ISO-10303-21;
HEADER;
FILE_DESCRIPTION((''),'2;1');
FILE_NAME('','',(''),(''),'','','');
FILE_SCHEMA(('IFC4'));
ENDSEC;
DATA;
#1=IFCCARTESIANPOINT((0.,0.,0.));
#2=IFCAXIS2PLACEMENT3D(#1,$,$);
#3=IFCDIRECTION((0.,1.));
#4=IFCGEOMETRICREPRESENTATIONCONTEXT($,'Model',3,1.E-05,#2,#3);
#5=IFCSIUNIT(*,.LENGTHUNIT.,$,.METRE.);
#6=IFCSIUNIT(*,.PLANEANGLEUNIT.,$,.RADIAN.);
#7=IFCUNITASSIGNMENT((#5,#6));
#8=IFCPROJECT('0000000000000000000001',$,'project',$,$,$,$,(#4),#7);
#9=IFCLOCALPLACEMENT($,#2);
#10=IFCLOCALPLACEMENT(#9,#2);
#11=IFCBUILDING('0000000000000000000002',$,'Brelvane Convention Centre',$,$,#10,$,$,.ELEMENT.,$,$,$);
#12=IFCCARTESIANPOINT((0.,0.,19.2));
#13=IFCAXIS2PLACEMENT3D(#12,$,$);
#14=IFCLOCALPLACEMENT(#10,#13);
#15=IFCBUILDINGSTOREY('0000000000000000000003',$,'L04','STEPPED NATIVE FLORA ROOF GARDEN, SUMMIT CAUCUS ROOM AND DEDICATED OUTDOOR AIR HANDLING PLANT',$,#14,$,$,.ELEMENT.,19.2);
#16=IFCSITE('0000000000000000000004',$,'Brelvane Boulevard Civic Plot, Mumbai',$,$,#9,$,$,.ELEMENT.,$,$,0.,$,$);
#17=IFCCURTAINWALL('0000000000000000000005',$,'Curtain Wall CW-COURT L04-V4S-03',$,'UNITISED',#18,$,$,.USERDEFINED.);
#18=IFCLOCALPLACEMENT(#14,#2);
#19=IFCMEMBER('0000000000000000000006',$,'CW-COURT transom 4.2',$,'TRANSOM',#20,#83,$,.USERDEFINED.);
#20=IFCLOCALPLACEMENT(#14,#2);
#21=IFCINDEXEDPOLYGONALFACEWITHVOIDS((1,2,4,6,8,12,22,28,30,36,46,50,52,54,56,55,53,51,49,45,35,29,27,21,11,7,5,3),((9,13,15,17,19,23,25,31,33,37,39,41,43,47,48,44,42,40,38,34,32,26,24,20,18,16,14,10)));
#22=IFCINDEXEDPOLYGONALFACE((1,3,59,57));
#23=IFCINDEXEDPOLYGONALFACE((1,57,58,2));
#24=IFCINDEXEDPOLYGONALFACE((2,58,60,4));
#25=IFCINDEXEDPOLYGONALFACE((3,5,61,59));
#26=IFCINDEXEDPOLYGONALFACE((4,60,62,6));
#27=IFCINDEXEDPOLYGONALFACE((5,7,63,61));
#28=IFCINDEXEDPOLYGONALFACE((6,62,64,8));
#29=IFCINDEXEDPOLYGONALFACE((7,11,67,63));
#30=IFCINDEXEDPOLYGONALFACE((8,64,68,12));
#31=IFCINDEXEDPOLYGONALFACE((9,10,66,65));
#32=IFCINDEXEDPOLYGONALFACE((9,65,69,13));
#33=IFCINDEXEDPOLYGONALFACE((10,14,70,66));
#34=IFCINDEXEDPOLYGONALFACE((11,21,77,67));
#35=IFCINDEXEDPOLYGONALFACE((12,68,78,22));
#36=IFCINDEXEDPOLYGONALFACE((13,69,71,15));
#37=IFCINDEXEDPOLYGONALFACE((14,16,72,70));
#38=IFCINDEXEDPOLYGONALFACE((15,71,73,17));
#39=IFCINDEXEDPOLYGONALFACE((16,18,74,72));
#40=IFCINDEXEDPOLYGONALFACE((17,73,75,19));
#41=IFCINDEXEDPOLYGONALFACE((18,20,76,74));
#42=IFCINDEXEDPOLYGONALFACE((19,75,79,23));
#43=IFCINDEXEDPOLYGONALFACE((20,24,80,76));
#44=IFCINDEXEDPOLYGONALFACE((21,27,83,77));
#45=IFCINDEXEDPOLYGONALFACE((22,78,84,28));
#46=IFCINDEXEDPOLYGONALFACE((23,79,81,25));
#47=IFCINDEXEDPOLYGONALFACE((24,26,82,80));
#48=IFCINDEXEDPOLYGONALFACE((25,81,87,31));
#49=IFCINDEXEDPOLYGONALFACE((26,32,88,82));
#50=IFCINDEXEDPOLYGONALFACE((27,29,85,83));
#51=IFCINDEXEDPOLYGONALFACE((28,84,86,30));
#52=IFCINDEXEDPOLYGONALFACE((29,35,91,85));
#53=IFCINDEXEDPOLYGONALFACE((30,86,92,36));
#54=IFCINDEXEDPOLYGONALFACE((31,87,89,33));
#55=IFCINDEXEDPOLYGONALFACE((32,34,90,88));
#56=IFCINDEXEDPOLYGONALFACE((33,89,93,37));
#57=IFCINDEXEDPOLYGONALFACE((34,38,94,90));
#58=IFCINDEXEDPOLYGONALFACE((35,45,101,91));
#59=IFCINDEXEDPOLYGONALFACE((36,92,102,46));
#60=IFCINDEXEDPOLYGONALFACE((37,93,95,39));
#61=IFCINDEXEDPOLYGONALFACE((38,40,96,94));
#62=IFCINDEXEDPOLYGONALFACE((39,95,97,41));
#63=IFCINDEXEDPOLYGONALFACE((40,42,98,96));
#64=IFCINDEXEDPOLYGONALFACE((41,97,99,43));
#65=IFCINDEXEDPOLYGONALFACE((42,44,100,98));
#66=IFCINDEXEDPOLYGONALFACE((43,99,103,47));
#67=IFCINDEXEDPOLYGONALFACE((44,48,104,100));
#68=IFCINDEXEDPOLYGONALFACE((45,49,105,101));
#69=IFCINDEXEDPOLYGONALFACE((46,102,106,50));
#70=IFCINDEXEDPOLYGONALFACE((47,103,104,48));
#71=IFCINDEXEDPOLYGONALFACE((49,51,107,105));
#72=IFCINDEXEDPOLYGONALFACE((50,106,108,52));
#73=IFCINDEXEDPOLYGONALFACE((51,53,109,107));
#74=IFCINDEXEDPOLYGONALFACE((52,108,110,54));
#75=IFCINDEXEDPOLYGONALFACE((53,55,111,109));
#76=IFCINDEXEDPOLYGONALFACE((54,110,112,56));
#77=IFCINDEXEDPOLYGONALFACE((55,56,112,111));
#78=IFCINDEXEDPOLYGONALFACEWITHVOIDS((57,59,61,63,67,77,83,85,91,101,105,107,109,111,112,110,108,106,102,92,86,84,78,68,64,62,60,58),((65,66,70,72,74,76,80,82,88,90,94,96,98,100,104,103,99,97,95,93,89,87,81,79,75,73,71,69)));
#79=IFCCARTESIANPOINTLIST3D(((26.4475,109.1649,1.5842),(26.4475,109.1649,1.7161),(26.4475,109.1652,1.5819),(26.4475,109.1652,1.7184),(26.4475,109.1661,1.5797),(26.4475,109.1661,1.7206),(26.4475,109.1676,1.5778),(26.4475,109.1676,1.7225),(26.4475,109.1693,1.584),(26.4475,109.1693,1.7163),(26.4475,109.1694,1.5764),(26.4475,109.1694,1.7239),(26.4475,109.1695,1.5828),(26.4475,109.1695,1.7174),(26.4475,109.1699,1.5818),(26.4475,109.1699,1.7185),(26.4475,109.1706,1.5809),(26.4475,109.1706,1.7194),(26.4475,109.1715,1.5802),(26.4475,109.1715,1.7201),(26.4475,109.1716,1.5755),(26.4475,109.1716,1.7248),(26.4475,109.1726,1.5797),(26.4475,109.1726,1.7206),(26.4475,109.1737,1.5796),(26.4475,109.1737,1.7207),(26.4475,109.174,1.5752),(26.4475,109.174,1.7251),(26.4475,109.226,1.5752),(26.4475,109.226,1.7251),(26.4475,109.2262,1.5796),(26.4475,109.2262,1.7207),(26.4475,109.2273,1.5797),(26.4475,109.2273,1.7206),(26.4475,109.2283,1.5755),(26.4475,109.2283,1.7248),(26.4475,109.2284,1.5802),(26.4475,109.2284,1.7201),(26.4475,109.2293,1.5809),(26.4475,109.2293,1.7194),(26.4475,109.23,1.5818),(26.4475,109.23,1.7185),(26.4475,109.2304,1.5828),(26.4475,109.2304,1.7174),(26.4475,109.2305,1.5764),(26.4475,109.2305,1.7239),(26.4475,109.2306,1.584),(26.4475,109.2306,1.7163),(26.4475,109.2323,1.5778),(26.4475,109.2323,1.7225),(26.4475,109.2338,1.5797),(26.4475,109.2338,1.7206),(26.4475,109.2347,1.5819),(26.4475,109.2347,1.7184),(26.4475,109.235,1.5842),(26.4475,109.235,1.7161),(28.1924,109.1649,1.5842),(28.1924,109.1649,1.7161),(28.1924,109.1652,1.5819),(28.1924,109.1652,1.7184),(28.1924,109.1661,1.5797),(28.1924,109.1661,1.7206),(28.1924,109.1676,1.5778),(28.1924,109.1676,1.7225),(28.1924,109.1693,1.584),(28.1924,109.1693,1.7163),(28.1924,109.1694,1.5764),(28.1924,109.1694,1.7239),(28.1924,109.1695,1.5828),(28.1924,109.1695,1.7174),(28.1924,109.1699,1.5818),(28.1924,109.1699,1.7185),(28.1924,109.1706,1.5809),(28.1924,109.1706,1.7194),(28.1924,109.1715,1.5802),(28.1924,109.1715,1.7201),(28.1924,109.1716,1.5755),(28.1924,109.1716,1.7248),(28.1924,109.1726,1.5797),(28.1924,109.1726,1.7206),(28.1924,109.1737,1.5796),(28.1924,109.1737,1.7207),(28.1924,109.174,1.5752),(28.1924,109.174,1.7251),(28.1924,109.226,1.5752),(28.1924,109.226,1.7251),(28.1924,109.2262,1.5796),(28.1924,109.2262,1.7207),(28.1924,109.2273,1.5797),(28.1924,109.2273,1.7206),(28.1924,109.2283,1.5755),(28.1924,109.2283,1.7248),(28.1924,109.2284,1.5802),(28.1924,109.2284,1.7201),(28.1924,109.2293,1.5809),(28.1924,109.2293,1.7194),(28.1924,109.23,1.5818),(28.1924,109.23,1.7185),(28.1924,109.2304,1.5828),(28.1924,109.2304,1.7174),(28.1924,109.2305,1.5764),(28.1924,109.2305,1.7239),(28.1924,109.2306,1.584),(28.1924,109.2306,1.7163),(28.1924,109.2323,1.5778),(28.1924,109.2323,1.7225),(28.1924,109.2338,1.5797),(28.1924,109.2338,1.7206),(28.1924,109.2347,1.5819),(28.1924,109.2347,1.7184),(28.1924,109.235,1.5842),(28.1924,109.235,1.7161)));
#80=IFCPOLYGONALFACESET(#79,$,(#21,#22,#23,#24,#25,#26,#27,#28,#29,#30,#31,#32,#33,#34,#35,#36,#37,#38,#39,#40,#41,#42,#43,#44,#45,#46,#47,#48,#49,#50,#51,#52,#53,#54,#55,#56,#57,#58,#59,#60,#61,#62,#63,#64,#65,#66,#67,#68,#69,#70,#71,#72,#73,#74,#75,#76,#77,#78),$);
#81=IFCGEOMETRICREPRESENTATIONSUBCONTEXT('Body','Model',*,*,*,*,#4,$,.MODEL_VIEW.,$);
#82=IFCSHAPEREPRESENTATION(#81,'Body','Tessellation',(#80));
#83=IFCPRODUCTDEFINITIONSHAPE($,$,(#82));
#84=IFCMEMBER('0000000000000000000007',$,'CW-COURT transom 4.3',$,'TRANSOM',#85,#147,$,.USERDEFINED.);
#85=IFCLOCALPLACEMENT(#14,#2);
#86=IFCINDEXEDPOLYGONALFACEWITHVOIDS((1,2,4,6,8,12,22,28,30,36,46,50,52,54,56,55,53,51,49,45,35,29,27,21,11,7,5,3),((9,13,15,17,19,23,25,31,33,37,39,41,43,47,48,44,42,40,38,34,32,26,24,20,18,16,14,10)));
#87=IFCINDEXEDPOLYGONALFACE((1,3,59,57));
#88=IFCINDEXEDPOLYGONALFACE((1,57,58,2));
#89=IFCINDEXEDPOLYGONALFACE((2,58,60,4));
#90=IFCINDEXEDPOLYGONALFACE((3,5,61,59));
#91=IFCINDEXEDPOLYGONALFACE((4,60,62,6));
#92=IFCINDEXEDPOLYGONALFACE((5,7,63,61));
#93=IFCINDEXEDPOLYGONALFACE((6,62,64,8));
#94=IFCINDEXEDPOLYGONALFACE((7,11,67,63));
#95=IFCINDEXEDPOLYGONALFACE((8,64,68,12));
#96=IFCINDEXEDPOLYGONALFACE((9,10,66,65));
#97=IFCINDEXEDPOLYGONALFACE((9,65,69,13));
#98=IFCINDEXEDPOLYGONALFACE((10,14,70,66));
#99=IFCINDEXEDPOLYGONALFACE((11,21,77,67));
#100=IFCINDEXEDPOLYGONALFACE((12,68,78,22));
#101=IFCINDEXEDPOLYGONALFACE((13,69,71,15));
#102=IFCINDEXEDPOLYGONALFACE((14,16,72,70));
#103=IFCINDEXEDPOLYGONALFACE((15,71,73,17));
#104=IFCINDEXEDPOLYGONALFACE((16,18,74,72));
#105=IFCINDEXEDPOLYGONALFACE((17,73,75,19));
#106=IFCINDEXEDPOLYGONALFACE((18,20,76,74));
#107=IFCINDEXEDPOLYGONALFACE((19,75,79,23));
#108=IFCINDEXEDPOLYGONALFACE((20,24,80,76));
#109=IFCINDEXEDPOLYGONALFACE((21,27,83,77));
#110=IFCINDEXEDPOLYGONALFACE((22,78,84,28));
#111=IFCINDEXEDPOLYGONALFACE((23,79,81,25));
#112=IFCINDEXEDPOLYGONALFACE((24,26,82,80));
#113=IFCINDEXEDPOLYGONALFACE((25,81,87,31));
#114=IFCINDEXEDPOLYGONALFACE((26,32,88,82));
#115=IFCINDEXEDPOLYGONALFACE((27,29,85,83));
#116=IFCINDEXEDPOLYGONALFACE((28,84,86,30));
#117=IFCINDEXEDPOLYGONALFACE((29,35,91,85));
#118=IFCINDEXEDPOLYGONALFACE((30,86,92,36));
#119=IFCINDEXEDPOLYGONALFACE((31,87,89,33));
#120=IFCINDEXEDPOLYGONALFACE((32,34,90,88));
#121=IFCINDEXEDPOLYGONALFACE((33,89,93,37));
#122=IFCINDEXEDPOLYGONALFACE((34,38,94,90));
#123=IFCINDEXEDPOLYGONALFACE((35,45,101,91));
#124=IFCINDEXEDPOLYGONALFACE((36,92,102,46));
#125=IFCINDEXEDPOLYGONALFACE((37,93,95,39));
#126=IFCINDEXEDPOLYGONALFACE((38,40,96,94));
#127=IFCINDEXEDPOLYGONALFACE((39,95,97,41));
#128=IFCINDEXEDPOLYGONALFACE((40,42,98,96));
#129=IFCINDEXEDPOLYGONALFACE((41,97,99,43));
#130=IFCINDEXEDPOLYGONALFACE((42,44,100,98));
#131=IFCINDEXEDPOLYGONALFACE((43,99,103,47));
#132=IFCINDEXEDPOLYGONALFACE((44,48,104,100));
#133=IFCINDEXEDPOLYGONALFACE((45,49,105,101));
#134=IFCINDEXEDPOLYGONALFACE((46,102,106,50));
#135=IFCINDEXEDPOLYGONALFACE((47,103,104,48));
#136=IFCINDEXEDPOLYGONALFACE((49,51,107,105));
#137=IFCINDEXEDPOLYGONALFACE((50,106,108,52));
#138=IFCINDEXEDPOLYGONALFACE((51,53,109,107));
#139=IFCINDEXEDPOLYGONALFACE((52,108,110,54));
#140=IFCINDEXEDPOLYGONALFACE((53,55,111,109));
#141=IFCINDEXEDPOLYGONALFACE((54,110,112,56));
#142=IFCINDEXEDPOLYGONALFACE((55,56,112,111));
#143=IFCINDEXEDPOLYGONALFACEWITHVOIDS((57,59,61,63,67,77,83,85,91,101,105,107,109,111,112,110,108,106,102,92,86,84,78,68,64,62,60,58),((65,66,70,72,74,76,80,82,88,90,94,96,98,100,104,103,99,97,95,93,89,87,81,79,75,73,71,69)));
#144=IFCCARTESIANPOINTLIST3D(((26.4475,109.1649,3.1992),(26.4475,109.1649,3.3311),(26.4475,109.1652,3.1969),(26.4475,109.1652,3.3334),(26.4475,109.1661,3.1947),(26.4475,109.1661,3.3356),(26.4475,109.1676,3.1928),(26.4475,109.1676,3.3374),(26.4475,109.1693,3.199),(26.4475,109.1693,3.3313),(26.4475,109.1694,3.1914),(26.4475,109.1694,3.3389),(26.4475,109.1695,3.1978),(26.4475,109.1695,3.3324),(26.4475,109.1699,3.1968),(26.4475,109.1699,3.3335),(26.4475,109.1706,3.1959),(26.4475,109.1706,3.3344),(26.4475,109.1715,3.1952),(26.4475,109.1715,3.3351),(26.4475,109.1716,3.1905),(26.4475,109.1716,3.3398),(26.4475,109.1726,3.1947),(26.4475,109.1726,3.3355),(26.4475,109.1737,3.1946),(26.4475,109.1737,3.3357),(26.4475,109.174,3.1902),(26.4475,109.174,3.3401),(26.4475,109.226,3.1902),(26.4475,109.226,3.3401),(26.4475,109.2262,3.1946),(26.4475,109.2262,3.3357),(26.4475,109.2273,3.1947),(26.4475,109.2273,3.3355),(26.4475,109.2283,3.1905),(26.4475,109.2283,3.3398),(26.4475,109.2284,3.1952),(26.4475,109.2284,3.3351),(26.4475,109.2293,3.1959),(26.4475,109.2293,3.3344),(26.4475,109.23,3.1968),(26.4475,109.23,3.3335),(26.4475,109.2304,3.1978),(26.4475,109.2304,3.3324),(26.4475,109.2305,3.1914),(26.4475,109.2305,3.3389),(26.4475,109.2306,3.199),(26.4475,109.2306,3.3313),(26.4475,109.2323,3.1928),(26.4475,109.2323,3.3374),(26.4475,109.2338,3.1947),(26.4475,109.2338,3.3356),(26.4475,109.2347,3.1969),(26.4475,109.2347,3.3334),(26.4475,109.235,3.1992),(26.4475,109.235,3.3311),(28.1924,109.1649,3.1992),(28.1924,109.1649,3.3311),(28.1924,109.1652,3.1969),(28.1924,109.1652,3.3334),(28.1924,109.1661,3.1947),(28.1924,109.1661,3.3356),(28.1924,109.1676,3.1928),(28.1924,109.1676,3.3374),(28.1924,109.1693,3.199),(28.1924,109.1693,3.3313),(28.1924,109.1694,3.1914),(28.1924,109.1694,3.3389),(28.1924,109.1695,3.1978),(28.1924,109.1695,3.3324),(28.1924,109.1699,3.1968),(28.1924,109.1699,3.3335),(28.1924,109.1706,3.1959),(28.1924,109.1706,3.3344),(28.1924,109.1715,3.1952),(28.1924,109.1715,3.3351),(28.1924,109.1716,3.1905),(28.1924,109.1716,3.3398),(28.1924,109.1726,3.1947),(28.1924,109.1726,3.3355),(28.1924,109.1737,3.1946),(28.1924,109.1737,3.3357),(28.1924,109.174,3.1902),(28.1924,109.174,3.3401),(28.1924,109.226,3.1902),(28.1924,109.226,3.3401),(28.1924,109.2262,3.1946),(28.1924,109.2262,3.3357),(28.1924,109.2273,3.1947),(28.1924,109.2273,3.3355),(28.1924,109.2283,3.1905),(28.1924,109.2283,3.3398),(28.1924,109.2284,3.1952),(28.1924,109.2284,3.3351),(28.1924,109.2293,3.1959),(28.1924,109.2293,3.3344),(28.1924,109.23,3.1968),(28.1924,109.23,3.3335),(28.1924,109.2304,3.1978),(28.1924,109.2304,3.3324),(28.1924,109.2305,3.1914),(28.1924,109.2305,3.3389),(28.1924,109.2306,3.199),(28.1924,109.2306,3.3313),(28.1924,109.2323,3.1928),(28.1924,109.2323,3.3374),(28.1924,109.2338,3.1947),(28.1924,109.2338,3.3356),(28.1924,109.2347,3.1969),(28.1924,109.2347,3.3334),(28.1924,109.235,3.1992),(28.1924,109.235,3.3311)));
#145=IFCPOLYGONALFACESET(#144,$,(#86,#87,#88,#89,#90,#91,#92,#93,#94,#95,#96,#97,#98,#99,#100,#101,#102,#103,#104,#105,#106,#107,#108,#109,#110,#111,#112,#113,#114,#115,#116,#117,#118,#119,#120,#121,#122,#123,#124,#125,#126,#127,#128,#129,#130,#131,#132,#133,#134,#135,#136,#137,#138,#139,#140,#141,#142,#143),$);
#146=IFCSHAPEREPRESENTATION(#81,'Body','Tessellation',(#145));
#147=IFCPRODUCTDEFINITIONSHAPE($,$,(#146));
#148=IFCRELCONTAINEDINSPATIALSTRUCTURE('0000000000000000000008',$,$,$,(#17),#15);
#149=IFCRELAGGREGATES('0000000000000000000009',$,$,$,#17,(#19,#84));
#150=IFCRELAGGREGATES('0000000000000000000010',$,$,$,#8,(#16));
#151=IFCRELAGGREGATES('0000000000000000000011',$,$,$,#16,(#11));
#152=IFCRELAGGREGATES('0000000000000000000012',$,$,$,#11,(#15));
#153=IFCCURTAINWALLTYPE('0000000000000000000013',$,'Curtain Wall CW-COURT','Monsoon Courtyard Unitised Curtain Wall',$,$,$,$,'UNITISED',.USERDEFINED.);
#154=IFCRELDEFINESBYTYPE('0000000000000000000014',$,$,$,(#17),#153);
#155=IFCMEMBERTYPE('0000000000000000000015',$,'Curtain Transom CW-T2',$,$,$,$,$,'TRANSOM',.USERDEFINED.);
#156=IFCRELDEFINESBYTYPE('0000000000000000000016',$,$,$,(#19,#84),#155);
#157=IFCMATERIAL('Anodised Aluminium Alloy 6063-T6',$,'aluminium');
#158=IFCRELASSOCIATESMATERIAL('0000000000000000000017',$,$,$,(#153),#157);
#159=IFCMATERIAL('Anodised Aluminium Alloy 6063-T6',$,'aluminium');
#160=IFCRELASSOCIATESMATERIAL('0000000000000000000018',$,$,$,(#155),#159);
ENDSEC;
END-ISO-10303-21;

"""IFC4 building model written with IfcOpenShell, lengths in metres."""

from ifc_helpers import new_model, si_unit, direction, frame, origin, origin_2d, place, context, subcontext, project, spatial, hollow_rectangle, extrude, material, material_profile, profile_set, type_object, element, aggregate, save


model = new_model("IFC4")

# Units and contexts
model_context = context("Model", 3, precision=1e-05, world=origin(), true_north=direction((0.0, 1.0)))
body_context = subcontext(model_context, "Body", "Model", "MODEL_VIEW")
ifc_project = project(units=[si_unit("LENGTHUNIT", "METRE"), si_unit("PLANEANGLEUNIT", "RADIAN")], contexts=[model_context])

# Site, building, storey
site_placement = place(None, origin())
site = spatial("IfcSite", under=ifc_project, at=site_placement, Name="Brelvane Boulevard Civic Plot, Mumbai", CompositionType="ELEMENT", RefElevation=0.0)
building_placement = place(site_placement, origin())
building = spatial("IfcBuilding", under=site, at=building_placement, Name="Brelvane Convention Centre", CompositionType="ELEMENT")
storey_placement = place(building_placement, frame((0.0, 0.0, 19.2)))
storey = spatial("IfcBuildingStorey", under=building, at=storey_placement, Name="L04", Description="STEPPED NATIVE FLORA ROOF GARDEN, SUMMIT CAUCUS ROOM AND DEDICATED OUTDOOR AIR HANDLING PLANT", CompositionType="ELEMENT", Elevation=19.2)

# Curtain wall, members
ifc_material_1 = material(Name="Anodised Aluminium Alloy 6063-T6", Category="aluminium")
curtain_wall_type = type_object("IfcCurtainWallType", Name="Curtain Wall CW-COURT", Description="Monsoon Courtyard Unitised Curtain Wall", ElementType="UNITISED", PredefinedType="USERDEFINED", material=ifc_material_1)
curtain_wall_placement = place(storey_placement, origin())
curtain_wall = element("IfcCurtainWall", 1, at=curtain_wall_placement, inside=storey, type_object=curtain_wall_type, Name="Curtain Wall CW-COURT L04-V4S-03", ObjectType="UNITISED", PredefinedType="USERDEFINED")
ifc_material_2 = material(Name="Anodised Aluminium Alloy 6063-T6", Category="aluminium")
ifc_material_profile_1 = material_profile(ifc_material_2, hollow_rectangle(XDim=0.0701, YDim=0.1499, WallThickness=0.0044, InnerFilletRadius=0.0044, OuterFilletRadius=0.009, at=origin_2d()), Name="ALU-T 150x70x4.5")
ifc_profile_set_1 = profile_set([ifc_material_profile_1], Name="Anodised Aluminium Alloy 6063-T6")
member_type_1 = type_object("IfcMemberType", Name="Curtain Transom CW-T2", ElementType="TRANSOM", PredefinedType="USERDEFINED", material=ifc_profile_set_1)
member_1_placement = place(storey_placement, frame((26.4475, 109.2, 1.6501), z_axis=(1.0, 0.0, 0.0), x_axis=(0.0, 1.0, 0.0)))
member_1 = element("IfcMember", 2, at=member_1_placement, type_object=member_type_1, Name="CW-COURT transom 4.2", ObjectType="TRANSOM", PredefinedType="USERDEFINED", context=body_context, shape_type="SweptSolid", body=[
    extrude(hollow_rectangle(XDim=0.0701, YDim=0.1499, WallThickness=0.0044, InnerFilletRadius=0.0044, OuterFilletRadius=0.009, at=origin_2d()), origin(), (0.0, 0.0, 1.0), 1.7449),
])
member_2_placement = place(storey_placement, frame((26.4475, 109.2, 3.2651), z_axis=(1.0, 0.0, 0.0), x_axis=(0.0, 1.0, 0.0)))
member_2 = element("IfcMember", 3, at=member_2_placement, type_object=member_type_1, Name="CW-COURT transom 4.3", ObjectType="TRANSOM", PredefinedType="USERDEFINED", context=body_context, shape_type="SweptSolid", body=[
    extrude(hollow_rectangle(XDim=0.0701, YDim=0.1499, WallThickness=0.0044, InnerFilletRadius=0.0044, OuterFilletRadius=0.009, at=origin_2d()), origin(), (0.0, 0.0, 1.0), 1.7449),
])
aggregate(curtain_wall, [member_1, member_2])

save(model, "model.ifc")
